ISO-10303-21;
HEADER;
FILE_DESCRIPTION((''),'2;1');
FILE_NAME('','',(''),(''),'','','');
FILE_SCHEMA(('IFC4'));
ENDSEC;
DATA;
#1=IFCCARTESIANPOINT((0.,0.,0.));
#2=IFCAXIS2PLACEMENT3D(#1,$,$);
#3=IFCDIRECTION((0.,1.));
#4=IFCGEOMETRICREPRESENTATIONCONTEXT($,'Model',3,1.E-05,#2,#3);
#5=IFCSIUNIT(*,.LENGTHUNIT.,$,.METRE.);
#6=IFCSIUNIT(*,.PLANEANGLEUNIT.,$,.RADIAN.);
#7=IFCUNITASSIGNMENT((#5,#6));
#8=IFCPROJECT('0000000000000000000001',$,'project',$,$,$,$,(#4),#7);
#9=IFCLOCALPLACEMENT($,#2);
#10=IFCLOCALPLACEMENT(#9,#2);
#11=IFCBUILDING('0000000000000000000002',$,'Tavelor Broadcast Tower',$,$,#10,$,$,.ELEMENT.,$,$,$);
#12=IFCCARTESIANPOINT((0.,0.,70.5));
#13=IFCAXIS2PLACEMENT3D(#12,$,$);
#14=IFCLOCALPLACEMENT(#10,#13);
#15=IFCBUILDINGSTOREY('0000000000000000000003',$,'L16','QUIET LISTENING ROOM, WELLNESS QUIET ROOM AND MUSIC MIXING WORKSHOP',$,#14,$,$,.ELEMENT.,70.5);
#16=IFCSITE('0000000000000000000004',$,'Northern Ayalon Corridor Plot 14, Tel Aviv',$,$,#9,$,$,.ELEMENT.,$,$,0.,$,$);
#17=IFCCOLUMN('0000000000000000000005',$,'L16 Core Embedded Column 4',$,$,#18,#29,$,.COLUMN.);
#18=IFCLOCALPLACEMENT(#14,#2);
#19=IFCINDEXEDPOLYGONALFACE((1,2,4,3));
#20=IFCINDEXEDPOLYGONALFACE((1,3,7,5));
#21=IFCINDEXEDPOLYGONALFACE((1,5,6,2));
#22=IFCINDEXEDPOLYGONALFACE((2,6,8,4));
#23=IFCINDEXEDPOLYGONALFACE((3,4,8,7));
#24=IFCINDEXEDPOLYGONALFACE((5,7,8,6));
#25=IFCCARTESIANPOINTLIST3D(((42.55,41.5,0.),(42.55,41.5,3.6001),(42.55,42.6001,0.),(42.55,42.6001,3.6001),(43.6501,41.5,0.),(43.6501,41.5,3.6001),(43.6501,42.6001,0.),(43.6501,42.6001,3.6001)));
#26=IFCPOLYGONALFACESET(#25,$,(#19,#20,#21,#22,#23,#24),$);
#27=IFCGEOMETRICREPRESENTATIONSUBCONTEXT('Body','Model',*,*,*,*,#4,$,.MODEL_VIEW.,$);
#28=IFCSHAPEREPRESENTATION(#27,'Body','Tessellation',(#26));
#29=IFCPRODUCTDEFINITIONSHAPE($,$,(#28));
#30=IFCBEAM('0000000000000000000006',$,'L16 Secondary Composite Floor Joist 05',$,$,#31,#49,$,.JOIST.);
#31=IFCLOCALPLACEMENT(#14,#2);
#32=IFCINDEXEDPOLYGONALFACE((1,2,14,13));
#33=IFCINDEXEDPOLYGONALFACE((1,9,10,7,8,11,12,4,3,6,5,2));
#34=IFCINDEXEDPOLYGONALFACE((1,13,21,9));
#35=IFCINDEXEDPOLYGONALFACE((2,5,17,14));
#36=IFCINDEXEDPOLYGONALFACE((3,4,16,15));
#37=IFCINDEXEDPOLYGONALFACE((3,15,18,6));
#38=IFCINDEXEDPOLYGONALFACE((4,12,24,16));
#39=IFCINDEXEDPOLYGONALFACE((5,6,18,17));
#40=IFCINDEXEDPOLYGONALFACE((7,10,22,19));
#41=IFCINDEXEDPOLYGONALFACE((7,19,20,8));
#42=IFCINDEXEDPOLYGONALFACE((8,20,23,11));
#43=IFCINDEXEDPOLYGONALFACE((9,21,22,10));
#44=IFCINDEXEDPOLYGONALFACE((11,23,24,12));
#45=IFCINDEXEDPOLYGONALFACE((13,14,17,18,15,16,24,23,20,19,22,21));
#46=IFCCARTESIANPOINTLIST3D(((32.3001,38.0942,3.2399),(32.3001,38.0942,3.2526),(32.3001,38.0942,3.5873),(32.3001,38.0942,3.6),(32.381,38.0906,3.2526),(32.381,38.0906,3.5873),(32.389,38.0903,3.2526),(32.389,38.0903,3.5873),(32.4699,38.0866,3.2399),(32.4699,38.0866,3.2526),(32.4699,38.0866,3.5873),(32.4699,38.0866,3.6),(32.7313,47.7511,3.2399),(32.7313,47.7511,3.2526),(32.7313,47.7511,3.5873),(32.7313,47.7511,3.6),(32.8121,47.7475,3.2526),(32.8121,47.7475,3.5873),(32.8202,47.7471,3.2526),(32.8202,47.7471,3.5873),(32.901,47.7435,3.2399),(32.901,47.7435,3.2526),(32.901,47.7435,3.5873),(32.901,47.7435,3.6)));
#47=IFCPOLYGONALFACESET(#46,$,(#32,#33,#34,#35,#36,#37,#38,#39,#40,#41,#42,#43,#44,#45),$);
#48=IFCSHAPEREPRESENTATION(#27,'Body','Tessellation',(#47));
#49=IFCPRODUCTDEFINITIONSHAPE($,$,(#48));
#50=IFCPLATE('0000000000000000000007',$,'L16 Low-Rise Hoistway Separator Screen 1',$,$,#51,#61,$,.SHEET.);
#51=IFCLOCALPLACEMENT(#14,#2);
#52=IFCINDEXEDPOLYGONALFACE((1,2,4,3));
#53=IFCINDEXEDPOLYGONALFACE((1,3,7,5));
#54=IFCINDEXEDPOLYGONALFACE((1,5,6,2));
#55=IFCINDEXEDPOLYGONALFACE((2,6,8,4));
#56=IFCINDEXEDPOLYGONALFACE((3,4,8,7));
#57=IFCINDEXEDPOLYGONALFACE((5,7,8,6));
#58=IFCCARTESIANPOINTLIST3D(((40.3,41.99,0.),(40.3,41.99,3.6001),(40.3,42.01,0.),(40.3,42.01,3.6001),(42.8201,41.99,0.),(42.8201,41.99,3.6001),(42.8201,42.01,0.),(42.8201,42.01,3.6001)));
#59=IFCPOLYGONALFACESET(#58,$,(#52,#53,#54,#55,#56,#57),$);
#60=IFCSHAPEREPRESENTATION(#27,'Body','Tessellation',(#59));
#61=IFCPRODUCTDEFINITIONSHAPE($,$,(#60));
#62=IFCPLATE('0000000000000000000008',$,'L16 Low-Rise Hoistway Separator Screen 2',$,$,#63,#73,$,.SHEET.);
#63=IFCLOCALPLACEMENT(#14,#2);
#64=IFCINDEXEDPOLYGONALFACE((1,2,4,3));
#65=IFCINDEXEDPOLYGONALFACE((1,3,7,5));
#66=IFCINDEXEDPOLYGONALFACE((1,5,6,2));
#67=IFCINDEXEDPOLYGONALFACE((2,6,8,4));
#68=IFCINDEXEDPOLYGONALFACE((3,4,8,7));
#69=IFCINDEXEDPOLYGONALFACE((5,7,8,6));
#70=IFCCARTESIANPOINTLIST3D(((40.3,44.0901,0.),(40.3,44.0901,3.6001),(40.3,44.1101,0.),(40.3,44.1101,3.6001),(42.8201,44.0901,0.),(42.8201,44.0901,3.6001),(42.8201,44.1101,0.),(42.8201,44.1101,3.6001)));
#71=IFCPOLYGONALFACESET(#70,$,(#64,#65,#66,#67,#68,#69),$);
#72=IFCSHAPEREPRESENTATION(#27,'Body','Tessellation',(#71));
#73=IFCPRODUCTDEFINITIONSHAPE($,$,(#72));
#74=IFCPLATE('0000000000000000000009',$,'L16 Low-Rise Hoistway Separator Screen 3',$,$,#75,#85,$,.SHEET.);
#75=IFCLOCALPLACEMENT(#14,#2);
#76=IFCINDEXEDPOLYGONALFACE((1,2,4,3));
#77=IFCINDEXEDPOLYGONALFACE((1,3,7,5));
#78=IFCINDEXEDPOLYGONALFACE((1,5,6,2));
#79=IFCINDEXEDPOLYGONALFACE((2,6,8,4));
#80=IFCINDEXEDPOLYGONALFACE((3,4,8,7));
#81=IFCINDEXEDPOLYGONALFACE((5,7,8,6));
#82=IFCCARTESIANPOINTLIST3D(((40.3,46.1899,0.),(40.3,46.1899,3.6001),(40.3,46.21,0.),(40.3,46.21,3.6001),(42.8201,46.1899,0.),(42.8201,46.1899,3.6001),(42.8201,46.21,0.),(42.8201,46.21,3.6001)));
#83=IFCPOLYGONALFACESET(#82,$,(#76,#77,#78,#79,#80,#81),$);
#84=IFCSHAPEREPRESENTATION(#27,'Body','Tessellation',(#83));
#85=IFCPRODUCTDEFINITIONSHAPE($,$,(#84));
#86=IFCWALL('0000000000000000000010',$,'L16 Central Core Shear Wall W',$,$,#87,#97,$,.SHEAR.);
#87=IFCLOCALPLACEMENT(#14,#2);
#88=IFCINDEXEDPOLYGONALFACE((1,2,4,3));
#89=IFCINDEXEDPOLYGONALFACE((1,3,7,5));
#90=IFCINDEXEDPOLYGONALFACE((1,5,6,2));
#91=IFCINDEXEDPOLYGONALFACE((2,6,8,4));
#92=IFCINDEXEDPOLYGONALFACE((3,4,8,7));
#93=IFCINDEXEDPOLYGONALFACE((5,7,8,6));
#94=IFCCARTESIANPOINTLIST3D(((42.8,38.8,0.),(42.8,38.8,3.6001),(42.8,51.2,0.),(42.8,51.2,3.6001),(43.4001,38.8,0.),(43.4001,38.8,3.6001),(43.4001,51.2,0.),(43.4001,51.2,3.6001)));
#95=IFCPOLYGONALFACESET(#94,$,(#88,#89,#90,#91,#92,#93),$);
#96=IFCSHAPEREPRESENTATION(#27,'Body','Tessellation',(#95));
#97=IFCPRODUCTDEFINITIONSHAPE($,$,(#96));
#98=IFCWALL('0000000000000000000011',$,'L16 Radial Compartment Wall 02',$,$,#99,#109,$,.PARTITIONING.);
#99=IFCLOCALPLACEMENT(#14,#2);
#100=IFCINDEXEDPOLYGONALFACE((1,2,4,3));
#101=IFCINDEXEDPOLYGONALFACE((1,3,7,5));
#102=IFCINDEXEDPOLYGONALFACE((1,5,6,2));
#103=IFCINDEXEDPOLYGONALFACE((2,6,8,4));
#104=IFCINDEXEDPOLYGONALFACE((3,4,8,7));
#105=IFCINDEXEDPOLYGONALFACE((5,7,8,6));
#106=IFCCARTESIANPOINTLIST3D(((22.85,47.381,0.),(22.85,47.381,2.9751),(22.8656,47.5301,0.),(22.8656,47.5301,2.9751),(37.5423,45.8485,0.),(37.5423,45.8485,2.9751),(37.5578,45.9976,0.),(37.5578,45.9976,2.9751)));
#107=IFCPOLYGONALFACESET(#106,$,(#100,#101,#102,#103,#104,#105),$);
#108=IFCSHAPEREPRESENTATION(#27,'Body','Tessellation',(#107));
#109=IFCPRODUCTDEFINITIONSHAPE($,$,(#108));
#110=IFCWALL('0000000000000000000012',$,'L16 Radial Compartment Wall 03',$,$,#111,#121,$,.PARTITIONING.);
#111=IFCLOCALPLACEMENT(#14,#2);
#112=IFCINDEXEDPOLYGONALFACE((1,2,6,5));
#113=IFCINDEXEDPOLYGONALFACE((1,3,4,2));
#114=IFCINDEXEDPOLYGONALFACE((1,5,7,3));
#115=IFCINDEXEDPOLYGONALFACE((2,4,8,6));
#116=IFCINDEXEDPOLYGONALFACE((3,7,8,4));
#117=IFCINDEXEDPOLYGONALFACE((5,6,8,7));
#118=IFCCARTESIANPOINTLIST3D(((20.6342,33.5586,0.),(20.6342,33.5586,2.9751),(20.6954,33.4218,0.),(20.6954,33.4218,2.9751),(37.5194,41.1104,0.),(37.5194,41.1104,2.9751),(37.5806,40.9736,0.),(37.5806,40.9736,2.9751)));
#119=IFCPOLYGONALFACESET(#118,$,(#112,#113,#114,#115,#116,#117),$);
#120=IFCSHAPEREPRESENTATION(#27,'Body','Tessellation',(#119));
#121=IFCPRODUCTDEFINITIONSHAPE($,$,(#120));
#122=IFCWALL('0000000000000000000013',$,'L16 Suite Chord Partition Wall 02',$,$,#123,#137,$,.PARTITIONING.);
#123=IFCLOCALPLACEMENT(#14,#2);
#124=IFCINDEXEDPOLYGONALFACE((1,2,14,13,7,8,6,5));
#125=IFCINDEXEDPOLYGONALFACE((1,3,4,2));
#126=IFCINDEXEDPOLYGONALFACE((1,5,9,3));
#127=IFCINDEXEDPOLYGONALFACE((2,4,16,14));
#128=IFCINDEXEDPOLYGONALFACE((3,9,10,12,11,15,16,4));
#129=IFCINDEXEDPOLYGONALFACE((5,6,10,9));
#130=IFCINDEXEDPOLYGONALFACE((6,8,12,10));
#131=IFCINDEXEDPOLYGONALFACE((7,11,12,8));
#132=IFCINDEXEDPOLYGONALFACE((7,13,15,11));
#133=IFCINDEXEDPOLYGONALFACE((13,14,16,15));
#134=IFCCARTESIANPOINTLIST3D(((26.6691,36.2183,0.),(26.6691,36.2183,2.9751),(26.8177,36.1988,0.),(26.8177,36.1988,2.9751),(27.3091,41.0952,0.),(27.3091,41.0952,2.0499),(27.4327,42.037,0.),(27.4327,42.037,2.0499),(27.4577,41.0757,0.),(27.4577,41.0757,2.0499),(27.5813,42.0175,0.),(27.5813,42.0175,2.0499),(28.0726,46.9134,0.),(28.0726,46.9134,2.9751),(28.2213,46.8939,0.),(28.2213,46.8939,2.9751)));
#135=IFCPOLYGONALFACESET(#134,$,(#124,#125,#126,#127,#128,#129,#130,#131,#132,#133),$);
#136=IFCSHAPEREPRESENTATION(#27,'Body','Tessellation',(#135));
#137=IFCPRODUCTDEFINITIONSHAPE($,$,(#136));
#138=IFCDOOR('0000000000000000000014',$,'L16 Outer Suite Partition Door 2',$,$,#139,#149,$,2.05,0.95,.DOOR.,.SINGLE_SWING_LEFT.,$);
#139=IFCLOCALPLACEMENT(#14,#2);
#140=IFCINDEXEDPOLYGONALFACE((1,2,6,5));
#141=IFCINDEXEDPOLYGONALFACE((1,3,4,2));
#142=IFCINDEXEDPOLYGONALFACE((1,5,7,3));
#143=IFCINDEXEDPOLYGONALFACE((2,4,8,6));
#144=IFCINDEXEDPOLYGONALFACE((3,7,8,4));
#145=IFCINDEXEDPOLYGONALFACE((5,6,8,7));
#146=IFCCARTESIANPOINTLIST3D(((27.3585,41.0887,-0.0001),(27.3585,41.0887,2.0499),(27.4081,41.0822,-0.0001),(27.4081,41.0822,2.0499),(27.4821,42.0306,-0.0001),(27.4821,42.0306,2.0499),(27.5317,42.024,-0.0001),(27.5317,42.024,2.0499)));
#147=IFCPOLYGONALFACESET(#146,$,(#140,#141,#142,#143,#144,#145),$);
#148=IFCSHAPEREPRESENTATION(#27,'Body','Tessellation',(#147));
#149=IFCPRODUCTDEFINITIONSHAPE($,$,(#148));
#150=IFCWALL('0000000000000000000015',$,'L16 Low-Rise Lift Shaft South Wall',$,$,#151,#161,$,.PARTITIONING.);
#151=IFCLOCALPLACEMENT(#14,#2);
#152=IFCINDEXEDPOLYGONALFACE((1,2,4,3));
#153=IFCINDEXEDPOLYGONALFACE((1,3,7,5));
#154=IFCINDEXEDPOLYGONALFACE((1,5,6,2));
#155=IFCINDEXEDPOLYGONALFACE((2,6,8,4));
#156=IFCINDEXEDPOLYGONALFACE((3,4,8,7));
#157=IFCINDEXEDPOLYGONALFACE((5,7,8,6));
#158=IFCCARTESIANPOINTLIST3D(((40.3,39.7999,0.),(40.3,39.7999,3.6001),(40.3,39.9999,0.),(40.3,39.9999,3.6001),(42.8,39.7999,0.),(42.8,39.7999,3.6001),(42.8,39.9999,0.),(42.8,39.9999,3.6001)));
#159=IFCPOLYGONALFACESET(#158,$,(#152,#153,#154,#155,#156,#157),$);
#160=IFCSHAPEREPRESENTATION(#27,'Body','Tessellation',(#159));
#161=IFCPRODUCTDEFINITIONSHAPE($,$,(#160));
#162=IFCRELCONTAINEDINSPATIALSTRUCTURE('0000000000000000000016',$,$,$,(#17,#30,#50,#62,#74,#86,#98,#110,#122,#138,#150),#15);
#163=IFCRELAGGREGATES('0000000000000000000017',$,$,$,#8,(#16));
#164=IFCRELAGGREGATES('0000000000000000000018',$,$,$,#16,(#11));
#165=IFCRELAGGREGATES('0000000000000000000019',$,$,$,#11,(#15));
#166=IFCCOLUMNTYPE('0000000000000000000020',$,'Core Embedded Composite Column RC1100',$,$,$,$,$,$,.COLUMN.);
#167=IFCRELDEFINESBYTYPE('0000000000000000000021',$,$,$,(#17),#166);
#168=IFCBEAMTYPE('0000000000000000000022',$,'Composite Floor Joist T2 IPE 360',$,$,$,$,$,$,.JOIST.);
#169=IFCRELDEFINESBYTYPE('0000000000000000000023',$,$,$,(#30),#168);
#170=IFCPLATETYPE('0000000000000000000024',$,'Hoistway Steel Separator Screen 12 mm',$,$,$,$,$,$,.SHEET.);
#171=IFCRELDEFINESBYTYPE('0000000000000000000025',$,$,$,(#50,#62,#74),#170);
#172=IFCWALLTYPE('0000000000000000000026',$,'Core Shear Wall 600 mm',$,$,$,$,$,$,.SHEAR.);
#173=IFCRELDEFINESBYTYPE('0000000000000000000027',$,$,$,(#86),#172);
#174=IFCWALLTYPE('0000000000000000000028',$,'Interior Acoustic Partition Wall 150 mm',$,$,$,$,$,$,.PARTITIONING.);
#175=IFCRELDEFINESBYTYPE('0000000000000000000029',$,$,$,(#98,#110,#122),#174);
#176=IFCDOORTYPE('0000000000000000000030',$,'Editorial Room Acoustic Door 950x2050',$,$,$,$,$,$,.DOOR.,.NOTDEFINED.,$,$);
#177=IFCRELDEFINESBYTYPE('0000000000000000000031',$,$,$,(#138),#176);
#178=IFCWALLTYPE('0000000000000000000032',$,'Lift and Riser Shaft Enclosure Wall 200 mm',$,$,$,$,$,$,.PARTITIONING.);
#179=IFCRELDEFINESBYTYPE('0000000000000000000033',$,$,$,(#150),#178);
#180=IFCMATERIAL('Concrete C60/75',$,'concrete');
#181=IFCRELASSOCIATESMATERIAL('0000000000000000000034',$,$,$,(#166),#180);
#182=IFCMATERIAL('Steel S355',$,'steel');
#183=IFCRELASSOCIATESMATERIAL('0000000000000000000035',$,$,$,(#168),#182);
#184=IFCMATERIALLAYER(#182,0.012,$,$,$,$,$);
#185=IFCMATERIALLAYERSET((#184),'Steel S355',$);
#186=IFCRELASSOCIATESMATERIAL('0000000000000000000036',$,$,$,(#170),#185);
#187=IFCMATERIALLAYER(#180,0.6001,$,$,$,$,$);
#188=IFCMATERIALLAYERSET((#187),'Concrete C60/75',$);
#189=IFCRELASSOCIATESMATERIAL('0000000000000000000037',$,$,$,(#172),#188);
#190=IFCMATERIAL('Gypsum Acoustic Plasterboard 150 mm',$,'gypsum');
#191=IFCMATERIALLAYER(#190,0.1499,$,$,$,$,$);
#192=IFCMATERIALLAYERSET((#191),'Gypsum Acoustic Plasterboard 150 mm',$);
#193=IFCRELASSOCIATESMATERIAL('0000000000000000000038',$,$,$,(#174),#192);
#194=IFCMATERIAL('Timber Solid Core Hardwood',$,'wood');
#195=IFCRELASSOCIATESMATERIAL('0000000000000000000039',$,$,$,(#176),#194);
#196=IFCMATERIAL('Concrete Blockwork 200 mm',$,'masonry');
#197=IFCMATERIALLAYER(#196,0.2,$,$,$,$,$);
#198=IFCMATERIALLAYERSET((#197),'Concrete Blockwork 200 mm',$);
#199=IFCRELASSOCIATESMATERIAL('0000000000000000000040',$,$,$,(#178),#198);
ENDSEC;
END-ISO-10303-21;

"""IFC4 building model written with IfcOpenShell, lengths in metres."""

from ifc_helpers import new_model, si_unit, direction, frame, frame_2d, origin, origin_2d, place, context, subcontext, project, spatial, rectangle, i_section, extrude, source, transform, mapped, material, layer, layer_set, material_profile, profile_set, type_object, type_shapes, element, fill, save


model = new_model("IFC4")

# Units and contexts
model_context = context("Model", 3, precision=1e-05, world=origin(), true_north=direction((0.0, 1.0)))
body_context = subcontext(model_context, "Body", "Model", "MODEL_VIEW")
ifc_project = project(units=[si_unit("LENGTHUNIT", "METRE"), si_unit("PLANEANGLEUNIT", "RADIAN")], contexts=[model_context])

# Site, building, storey
site_placement = place(None, origin())
site = spatial("IfcSite", under=ifc_project, at=site_placement, Name="Northern Ayalon Corridor Plot 14, Tel Aviv", CompositionType="ELEMENT", RefElevation=0.0)
building_placement = place(site_placement, origin())
building = spatial("IfcBuilding", under=site, at=building_placement, Name="Tavelor Broadcast Tower", CompositionType="ELEMENT")
storey_placement = place(building_placement, frame((0.0, 0.0, 70.5)))
storey = spatial("IfcBuildingStorey", under=building, at=storey_placement, Name="L16", Description="QUIET LISTENING ROOM, WELLNESS QUIET ROOM AND MUSIC MIXING WORKSHOP", CompositionType="ELEMENT", Elevation=70.5)

# Column
ifc_material_1 = material(Name="Concrete C60/75", Category="concrete")
ifc_material_profile_1 = material_profile(ifc_material_1, rectangle(XDim=1.1001, YDim=1.1001, at=origin_2d()), Name="RC 1100x1100")
ifc_profile_set_1 = profile_set([ifc_material_profile_1], Name="Concrete C60/75")
column_type = type_object("IfcColumnType", Name="Core Embedded Composite Column RC1100", PredefinedType="COLUMN", material=ifc_profile_set_1)
column_placement = place(storey_placement, frame((43.1001, 42.05, 0.0), z_axis=(0.0, 0.0, 1.0), x_axis=(1.0, 0.0, 0.0)))
element("IfcColumn", 1, at=column_placement, inside=storey, type_object=column_type, Name="L16 Core Embedded Column 4", PredefinedType="COLUMN", context=body_context, shape_type="SweptSolid", body=[
    extrude(rectangle(XDim=1.1001, YDim=1.1001, at=origin_2d()), origin(), (0.0, 0.0, 1.0), 3.6001),
])

# Beam
ifc_material_2 = material(Name="Steel S355", Category="steel")
ifc_material_profile_2 = material_profile(ifc_material_2, i_section(OverallWidth=0.1699, OverallDepth=0.3601, WebThickness=0.0081, FlangeThickness=0.0127, at=origin_2d()), Name="IPE 360")
ifc_profile_set_2 = profile_set([ifc_material_profile_2], Name="Steel S355")
beam_type = type_object("IfcBeamType", Name="Composite Floor Joist T2 IPE 360", PredefinedType="JOIST", material=ifc_profile_set_2)
beam_placement = place(storey_placement, frame((32.8162, 47.7473, 3.4199), z_axis=(-0.044602, -0.999005, 0.0), x_axis=(0.999005, -0.044602, 0.0)))
element("IfcBeam", 2, at=beam_placement, inside=storey, type_object=beam_type, Name="L16 Secondary Composite Floor Joist 05", PredefinedType="JOIST", context=body_context, shape_type="SweptSolid", body=[
    extrude(i_section(OverallWidth=0.1699, OverallDepth=0.3601, WebThickness=0.0081, FlangeThickness=0.0127, at=origin_2d()), origin(), (0.0, 0.0, 1.0), 9.6665),
])

# Plates
ifc_layer_1 = layer(ifc_material_2, 0.012)
ifc_layer_set_1 = layer_set([ifc_layer_1], Name="Steel S355")
plate_type = type_object("IfcPlateType", Name="Hoistway Steel Separator Screen 12 mm", PredefinedType="SHEET", material=ifc_layer_set_1)
shared_shape = source(origin(), body_context, "Body", "SweptSolid", [
    extrude(rectangle(XDim=2.52, YDim=0.02, at=origin_2d()), origin(), (0.0, 0.0, 1.0), 3.6001),
])
type_shapes(plate_type, [shared_shape])
for number, where, z_axis, x_axis, name in (
    (3, (41.5601, 42.0, 0.0), (0.0, 0.0, 1.0), (1.0, 0.0, 0.0), "L16 Low-Rise Hoistway Separator Screen 1"),
    (4, (41.5601, 44.1001, 0.0), (0.0, 0.0, 1.0), (1.0, 0.0, 0.0), "L16 Low-Rise Hoistway Separator Screen 2"),
    (5, (41.5601, 46.2, 0.0), (0.0, 0.0, 1.0), (1.0, 0.0, 0.0), "L16 Low-Rise Hoistway Separator Screen 3"),
):
    element("IfcPlate", number, at=place(storey_placement, frame(where, z_axis=z_axis, x_axis=x_axis)), inside=storey, type_object=plate_type, Name=name, PredefinedType="SHEET", context=body_context, shape_type="MappedRepresentation", body=[
        mapped(shared_shape, transform((0.0, 0.0, 0.0), scale=1.0)),
    ])

# Walls
ifc_layer_2 = layer(ifc_material_1, 0.6001)
ifc_layer_set_2 = layer_set([ifc_layer_2], Name="Concrete C60/75")
wall_type_1 = type_object("IfcWallType", Name="Core Shear Wall 600 mm", PredefinedType="SHEAR", material=ifc_layer_set_2)
wall_1_placement = place(storey_placement, frame((43.1001, 38.8, 0.0), z_axis=(0.0, 0.0, 1.0), x_axis=(0.0, 1.0, 0.0)))
element("IfcWall", 6, at=wall_1_placement, inside=storey, type_object=wall_type_1, Name="L16 Central Core Shear Wall W", PredefinedType="SHEAR", context=body_context, shape_type="SweptSolid", body=[
    extrude(rectangle(XDim=12.3999, YDim=0.6001, at=frame_2d((6.2, 0.0))), origin(), (0.0, 0.0, 1.0), 3.6001),
])
ifc_material_3 = material(Name="Gypsum Acoustic Plasterboard 150 mm", Category="gypsum")
ifc_layer_3 = layer(ifc_material_3, 0.1499)
ifc_layer_set_3 = layer_set([ifc_layer_3], Name="Gypsum Acoustic Plasterboard 150 mm")
wall_type_2 = type_object("IfcWallType", Name="Interior Acoustic Partition Wall 150 mm", PredefinedType="PARTITIONING", material=ifc_layer_set_3)
wall_2_placement = place(storey_placement, frame((37.55, 45.9231, 0.0), z_axis=(0.0, 0.0, 1.0), x_axis=(-0.994604, 0.103741, 0.0)))
element("IfcWall", 7, at=wall_2_placement, inside=storey, type_object=wall_type_2, Name="L16 Radial Compartment Wall 02", PredefinedType="PARTITIONING", context=body_context, shape_type="SweptSolid", body=[
    extrude(rectangle(XDim=14.772, YDim=0.1499, at=frame_2d((7.386, 0.0))), origin(), (0.0, 0.0, 1.0), 2.9751),
])
wall_3_placement = place(storey_placement, frame((37.55, 41.042, 0.0), z_axis=(0.0, 0.0, 1.0), x_axis=(-0.912862, -0.408268, 0.0)))
element("IfcWall", 8, at=wall_3_placement, inside=storey, type_object=wall_type_2, Name="L16 Radial Compartment Wall 03", PredefinedType="PARTITIONING", context=body_context, shape_type="SweptSolid", body=[
    extrude(rectangle(XDim=18.4971, YDim=0.1499, at=frame_2d((9.2485, 0.0))), origin(), (0.0, 0.0, 1.0), 2.9751),
])

# Wall, opening, door
wall_4_placement = place(storey_placement, frame((28.147, 46.9038, 0.0), z_axis=(0.0, 0.0, 1.0), x_axis=(-0.130119, -0.991498, 0.0)))
wall_4 = element("IfcWall", 9, at=wall_4_placement, inside=storey, type_object=wall_type_2, Name="L16 Suite Chord Partition Wall 02", PredefinedType="PARTITIONING", context=body_context, shape_type="SweptSolid", body=[
    extrude(rectangle(XDim=10.7869, YDim=0.1499, at=frame_2d((5.3936, 0.0))), origin(), (0.0, 0.0, 1.0), 2.9751),
])
opening_1_placement = place(wall_4_placement, frame((4.9182, 0.0, 0.0)))
opening_1 = element("IfcOpeningElement", 10, at=opening_1_placement, cuts=wall_4, PredefinedType="OPENING", context=body_context, shape_type="SweptSolid", body=[
    extrude(rectangle(XDim=0.95, YDim=2.05, at=frame_2d((0.4751, 1.0249))), frame((0.0, 0.085, 0.0), z_axis=(0.0, -1.0, 0.0), x_axis=(1.0, 0.0, 0.0)), (0.0, 0.0, 1.0), 0.1699),
])
ifc_material_4 = material(Name="Timber Solid Core Hardwood", Category="wood")
door_type_1 = type_object("IfcDoorType", Name="Editorial Room Acoustic Door 950x2050", OperationType="NOTDEFINED", PredefinedType="DOOR", material=ifc_material_4)
door_1_placement = place(opening_1_placement, origin())
door_1 = element("IfcDoor", 11, at=door_1_placement, inside=storey, type_object=door_type_1, Name="L16 Outer Suite Partition Door 2", OperationType="SINGLE_SWING_LEFT", OverallHeight=2.05, OverallWidth=0.95, PredefinedType="DOOR", context=body_context, shape_type="SweptSolid", body=[
    extrude(rectangle(XDim=0.95, YDim=2.05, at=frame_2d((0.4751, 1.0249))), frame((0.0, 0.0249, 0.0), z_axis=(0.0, -1.0, 0.0), x_axis=(1.0, 0.0, 0.0)), (0.0, 0.0, 1.0), 0.05),
])
fill(opening_1, door_1)

# Shared definitions
ifc_material_5 = material(Name="Concrete Blockwork 200 mm", Category="masonry")

# Wall
ifc_layer_4 = layer(ifc_material_5, 0.2)
ifc_layer_set_4 = layer_set([ifc_layer_4], Name="Concrete Blockwork 200 mm")
wall_type_3 = type_object("IfcWallType", Name="Lift and Riser Shaft Enclosure Wall 200 mm", PredefinedType="PARTITIONING", material=ifc_layer_set_4)
wall_5_placement = place(storey_placement, frame((40.3, 39.8999, 0.0), z_axis=(0.0, 0.0, 1.0), x_axis=(1.0, 0.0, 0.0)))
element("IfcWall", 12, at=wall_5_placement, inside=storey, type_object=wall_type_3, Name="L16 Low-Rise Lift Shaft South Wall", PredefinedType="PARTITIONING", context=body_context, shape_type="SweptSolid", body=[
    extrude(rectangle(XDim=2.5, YDim=0.2, at=frame_2d((1.25, 0.0))), origin(), (0.0, 0.0, 1.0), 3.6001),
])

save(model, "model.ifc")
